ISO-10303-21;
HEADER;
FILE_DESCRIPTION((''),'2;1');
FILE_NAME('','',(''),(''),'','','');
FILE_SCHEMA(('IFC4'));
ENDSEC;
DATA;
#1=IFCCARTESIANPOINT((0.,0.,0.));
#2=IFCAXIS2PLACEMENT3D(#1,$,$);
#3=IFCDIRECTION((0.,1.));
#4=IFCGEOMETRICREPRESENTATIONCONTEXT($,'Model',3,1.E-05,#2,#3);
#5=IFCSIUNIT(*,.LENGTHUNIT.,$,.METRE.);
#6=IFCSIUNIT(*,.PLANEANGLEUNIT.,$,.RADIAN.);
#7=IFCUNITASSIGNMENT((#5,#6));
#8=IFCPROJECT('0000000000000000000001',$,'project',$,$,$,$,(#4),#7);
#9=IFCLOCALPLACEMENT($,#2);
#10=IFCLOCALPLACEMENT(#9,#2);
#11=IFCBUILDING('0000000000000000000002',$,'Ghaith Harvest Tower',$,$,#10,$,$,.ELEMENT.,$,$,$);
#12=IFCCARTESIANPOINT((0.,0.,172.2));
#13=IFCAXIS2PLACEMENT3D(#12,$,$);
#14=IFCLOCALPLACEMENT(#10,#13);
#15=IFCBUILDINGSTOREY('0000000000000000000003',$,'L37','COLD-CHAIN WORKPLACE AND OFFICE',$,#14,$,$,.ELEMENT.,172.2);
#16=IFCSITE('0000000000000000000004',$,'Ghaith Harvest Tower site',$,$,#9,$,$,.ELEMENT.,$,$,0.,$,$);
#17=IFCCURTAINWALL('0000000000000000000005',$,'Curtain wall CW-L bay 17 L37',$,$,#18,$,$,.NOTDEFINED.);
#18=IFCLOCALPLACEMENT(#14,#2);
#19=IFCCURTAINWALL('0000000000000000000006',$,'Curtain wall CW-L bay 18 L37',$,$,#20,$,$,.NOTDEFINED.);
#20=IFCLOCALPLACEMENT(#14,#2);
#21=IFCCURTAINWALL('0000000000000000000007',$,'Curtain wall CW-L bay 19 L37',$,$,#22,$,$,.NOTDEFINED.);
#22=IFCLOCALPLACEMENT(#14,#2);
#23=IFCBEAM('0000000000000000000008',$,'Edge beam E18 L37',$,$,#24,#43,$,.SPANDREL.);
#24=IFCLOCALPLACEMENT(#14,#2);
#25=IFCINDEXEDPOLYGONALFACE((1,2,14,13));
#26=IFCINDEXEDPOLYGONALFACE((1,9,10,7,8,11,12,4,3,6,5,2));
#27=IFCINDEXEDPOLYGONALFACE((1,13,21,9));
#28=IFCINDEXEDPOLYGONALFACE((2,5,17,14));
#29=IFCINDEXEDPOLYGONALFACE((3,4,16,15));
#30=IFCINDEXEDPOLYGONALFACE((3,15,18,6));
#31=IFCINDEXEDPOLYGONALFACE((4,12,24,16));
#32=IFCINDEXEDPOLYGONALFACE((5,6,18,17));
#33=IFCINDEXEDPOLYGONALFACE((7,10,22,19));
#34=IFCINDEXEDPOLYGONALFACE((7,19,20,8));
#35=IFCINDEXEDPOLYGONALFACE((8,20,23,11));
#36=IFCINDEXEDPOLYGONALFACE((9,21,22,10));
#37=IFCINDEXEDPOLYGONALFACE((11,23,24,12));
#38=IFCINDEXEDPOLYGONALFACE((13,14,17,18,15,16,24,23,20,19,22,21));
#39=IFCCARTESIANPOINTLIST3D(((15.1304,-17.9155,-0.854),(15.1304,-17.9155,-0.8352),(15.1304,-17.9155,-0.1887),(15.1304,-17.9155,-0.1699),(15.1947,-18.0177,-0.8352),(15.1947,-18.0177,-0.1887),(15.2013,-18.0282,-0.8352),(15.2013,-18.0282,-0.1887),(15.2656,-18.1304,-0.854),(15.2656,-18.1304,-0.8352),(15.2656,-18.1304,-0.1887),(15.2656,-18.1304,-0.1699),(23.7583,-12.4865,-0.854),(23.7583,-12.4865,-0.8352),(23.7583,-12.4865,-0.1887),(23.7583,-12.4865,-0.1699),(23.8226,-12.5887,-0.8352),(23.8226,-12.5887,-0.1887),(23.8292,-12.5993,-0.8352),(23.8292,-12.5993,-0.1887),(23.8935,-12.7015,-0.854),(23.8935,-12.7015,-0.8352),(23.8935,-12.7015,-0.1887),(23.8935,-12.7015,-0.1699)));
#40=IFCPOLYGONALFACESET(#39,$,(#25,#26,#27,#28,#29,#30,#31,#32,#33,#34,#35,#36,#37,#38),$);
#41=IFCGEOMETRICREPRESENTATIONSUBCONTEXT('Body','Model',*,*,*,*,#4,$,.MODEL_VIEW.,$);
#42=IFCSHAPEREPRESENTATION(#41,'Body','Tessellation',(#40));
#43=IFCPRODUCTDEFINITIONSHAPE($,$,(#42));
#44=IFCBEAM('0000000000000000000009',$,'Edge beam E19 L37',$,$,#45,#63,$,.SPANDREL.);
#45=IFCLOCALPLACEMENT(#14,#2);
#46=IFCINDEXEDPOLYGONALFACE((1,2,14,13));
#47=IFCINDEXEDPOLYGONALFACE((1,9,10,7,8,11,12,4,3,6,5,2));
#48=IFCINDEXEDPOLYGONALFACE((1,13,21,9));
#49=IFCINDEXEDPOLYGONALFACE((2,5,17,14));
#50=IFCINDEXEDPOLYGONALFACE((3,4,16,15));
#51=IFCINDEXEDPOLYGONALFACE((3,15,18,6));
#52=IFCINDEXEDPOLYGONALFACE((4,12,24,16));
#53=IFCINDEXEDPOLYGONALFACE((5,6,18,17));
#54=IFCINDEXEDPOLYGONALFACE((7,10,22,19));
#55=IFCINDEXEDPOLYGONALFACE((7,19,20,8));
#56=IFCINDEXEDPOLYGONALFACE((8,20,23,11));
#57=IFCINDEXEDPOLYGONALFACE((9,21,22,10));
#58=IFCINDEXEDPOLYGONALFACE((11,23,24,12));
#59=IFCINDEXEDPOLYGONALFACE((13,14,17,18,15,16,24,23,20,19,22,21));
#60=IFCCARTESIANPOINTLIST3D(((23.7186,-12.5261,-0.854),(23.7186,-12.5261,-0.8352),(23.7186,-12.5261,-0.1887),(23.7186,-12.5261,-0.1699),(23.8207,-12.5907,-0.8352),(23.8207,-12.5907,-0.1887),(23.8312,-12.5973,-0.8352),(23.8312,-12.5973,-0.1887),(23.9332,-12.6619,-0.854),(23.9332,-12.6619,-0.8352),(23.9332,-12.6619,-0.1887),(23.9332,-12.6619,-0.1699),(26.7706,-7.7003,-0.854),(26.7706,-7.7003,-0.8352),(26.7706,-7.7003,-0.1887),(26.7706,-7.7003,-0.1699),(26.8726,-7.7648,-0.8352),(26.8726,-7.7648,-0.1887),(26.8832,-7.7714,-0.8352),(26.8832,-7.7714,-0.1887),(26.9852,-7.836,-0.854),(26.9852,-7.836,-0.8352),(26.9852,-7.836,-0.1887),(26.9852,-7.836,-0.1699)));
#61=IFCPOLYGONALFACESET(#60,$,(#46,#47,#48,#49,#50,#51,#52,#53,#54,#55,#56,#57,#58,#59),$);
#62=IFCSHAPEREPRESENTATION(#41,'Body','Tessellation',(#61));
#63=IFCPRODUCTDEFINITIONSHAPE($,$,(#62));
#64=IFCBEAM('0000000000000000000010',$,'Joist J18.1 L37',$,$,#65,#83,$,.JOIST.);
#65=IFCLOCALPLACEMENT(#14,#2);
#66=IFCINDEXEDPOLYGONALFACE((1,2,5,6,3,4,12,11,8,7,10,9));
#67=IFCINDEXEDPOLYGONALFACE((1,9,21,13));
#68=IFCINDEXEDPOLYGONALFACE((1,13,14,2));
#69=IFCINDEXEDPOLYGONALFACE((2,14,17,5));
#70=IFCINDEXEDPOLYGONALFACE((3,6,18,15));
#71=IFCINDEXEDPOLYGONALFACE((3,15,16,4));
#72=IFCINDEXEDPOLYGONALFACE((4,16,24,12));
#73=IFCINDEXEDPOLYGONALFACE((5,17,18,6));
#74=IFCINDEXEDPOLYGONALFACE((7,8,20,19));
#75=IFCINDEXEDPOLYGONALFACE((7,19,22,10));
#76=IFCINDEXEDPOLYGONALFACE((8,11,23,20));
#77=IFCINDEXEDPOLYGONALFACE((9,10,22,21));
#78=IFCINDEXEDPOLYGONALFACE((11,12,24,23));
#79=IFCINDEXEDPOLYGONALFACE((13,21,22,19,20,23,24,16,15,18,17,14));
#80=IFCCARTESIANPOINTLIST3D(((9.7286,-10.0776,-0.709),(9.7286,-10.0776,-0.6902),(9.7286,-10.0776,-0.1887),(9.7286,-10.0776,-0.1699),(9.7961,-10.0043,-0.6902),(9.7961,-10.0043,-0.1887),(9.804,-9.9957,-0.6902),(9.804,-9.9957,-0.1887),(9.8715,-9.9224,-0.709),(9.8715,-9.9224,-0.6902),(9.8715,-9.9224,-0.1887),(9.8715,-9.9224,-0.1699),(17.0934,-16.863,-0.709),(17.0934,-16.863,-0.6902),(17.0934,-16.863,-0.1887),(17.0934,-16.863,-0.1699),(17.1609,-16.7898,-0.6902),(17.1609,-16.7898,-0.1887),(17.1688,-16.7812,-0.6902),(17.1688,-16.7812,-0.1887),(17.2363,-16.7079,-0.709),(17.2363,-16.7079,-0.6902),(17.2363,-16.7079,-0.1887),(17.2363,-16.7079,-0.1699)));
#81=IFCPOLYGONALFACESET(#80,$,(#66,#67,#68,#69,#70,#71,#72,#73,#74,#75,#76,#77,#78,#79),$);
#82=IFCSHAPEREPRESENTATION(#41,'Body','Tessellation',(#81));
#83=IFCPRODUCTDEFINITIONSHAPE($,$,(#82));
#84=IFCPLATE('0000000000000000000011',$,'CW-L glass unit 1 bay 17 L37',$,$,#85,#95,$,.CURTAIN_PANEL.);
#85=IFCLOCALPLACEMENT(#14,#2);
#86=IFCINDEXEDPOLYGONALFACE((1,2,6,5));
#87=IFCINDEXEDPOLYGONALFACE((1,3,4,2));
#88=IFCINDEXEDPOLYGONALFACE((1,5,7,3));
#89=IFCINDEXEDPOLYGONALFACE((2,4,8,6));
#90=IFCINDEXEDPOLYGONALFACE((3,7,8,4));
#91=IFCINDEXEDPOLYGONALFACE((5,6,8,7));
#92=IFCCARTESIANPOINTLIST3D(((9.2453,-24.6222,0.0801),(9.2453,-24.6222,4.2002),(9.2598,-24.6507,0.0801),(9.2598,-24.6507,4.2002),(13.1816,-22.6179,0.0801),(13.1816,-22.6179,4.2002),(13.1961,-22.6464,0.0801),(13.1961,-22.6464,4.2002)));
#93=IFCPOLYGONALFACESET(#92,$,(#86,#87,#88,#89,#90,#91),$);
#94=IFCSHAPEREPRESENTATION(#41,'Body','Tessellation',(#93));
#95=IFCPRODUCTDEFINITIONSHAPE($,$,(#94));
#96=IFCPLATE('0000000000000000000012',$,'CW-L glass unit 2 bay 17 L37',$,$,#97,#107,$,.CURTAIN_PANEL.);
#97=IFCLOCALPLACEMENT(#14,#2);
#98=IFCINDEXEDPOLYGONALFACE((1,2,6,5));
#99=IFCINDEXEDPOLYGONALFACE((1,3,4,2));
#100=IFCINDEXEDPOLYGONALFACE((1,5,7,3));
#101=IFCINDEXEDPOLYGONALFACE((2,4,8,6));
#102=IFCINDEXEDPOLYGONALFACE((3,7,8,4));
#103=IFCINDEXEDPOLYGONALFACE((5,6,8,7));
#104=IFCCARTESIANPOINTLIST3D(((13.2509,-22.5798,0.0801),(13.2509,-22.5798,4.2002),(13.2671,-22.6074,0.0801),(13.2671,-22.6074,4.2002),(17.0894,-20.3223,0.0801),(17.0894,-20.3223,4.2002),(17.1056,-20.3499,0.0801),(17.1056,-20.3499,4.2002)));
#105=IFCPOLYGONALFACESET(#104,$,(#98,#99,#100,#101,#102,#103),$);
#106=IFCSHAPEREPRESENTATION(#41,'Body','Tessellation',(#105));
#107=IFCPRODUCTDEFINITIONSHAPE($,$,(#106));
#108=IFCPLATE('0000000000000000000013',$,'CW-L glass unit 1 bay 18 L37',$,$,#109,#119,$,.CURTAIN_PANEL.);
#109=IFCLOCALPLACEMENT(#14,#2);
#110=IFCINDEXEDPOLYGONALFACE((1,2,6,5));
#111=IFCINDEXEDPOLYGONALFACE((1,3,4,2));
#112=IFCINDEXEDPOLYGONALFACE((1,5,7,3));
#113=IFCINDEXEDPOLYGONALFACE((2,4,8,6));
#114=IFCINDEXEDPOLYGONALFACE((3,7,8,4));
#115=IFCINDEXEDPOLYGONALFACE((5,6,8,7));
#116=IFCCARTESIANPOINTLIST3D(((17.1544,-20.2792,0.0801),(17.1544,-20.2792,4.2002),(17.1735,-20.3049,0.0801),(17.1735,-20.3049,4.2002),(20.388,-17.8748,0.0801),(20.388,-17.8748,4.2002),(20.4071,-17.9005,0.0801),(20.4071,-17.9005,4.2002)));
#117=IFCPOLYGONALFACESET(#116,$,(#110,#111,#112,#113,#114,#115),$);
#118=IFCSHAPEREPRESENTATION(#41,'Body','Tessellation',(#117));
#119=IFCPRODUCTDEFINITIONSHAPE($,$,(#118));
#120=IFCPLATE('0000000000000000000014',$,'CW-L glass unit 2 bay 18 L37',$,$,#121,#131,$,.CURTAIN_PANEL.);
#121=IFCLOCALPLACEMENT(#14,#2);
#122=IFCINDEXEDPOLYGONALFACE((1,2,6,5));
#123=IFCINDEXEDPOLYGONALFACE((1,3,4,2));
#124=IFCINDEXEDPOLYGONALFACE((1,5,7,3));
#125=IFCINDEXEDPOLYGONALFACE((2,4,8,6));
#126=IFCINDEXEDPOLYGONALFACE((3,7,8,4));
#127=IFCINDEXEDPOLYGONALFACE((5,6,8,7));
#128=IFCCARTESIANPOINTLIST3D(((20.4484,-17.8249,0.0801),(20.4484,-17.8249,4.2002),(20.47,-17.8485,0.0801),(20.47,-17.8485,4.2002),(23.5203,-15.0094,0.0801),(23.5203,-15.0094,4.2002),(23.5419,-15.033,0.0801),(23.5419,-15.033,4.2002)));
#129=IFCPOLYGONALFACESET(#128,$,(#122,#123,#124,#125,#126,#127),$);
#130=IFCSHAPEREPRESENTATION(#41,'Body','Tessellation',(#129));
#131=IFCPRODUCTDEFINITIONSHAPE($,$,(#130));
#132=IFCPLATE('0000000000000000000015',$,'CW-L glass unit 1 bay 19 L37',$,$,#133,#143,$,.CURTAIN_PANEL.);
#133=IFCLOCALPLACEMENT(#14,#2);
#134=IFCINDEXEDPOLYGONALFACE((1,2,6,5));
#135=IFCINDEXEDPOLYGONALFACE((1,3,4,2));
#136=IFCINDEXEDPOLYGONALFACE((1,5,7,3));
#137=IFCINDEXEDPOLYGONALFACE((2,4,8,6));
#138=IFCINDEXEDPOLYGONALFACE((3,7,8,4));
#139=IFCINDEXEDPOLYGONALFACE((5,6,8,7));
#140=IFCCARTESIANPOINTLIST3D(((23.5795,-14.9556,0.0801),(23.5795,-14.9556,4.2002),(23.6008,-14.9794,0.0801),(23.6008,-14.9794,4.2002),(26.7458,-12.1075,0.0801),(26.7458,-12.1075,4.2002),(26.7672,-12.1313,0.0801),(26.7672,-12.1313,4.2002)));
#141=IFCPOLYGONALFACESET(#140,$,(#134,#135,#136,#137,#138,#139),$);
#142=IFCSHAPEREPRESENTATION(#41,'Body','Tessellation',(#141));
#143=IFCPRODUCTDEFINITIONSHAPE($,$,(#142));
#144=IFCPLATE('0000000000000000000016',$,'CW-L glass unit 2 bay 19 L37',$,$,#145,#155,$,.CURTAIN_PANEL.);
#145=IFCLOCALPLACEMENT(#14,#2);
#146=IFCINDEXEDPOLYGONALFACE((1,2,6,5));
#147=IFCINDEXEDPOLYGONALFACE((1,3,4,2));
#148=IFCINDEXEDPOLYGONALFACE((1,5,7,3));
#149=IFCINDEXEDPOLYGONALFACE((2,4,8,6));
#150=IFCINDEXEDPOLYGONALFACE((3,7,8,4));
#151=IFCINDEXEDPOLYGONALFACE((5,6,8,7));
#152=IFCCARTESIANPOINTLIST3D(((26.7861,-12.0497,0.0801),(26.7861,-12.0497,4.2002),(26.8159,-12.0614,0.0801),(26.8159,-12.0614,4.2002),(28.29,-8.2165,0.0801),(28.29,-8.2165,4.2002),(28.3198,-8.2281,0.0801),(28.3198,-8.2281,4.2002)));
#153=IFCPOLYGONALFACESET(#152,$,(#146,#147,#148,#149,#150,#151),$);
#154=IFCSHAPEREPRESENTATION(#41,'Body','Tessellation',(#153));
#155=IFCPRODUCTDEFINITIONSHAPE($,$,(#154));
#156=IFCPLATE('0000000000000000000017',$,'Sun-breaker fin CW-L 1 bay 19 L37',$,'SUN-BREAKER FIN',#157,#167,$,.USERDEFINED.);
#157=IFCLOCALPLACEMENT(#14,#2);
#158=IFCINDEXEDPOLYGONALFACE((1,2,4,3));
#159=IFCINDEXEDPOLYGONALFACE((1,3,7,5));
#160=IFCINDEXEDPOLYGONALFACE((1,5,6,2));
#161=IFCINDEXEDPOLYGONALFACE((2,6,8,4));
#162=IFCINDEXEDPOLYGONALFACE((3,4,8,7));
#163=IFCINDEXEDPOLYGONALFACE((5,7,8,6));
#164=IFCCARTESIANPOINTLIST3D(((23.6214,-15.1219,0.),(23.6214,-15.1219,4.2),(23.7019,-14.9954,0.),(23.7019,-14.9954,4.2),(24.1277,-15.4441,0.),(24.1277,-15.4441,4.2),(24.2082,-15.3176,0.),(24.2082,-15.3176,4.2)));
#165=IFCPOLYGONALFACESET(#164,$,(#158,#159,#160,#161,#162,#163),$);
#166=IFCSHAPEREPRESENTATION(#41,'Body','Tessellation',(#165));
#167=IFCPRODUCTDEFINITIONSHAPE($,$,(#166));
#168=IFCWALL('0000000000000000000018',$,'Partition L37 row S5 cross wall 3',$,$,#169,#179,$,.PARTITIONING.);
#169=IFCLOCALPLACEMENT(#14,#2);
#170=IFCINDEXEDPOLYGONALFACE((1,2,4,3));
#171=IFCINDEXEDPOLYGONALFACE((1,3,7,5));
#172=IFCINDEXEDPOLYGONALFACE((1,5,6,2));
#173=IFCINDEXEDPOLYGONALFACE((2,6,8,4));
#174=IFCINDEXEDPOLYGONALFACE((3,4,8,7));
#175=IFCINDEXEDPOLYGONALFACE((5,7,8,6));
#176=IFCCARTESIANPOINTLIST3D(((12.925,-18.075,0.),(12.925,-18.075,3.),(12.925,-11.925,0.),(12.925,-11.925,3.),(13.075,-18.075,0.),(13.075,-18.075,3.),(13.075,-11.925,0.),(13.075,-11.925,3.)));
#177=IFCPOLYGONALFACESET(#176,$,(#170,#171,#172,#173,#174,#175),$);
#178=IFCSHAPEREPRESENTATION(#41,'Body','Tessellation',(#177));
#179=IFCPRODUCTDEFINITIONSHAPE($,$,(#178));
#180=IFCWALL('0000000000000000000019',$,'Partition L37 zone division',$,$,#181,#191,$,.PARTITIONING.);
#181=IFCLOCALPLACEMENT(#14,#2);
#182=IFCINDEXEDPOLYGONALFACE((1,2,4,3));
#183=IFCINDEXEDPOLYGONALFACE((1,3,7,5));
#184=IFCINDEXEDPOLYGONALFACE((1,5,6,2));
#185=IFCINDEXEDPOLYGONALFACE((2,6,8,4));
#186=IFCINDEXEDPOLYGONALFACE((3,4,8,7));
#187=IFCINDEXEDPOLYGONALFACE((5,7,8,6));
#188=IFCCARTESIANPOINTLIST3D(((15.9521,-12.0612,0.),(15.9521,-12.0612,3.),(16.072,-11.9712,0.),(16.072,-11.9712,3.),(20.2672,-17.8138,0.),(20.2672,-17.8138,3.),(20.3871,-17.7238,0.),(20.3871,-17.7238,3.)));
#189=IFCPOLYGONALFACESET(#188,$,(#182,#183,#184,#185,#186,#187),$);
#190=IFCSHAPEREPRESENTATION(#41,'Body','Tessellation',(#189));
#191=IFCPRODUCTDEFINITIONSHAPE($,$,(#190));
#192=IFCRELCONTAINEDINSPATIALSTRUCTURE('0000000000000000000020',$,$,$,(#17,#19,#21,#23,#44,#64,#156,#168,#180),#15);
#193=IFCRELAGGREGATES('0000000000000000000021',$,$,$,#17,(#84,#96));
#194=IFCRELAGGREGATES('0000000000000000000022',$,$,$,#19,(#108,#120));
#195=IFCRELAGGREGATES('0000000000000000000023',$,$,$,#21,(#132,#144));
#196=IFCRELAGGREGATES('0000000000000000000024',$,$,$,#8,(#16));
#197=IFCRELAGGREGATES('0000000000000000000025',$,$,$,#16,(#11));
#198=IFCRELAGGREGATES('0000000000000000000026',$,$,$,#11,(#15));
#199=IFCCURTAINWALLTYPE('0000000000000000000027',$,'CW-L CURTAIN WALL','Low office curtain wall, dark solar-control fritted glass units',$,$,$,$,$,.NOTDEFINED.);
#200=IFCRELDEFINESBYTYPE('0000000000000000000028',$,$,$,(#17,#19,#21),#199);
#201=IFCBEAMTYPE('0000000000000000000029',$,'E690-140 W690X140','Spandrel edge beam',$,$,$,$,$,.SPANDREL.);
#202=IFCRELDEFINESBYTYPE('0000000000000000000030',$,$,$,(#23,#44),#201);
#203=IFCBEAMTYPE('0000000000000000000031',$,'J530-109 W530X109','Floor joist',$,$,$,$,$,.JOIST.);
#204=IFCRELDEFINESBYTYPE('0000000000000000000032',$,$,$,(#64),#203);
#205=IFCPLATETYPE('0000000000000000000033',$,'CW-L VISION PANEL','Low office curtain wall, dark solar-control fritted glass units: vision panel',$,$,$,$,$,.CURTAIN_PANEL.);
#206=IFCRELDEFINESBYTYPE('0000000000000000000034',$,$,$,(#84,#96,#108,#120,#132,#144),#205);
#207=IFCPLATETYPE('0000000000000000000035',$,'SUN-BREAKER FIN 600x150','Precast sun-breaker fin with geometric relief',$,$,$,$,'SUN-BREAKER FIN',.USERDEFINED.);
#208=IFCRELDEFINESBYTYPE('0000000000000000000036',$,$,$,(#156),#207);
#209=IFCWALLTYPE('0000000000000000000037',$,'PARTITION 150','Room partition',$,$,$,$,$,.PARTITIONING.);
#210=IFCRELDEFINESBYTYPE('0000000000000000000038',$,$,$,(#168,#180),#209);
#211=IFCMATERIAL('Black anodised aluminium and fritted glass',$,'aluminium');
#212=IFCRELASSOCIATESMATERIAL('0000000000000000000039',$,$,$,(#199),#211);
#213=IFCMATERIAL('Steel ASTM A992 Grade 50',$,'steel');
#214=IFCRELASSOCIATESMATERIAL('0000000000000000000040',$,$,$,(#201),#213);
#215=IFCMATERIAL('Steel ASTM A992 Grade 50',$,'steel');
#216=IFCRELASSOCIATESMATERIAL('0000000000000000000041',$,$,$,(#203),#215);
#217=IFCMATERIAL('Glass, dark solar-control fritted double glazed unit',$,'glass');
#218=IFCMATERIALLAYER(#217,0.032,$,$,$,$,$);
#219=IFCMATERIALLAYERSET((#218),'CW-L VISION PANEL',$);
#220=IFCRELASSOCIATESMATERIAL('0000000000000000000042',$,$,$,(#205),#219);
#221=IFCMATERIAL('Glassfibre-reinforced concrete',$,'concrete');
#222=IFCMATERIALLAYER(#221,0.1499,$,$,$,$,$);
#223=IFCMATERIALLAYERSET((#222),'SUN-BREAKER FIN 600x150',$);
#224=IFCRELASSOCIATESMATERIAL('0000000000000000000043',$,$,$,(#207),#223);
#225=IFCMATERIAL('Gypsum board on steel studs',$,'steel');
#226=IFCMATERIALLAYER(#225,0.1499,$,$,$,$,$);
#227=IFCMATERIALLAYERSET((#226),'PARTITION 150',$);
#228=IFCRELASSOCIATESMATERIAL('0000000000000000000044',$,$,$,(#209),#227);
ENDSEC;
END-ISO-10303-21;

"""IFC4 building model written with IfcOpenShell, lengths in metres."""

from ifc_helpers import new_model, si_unit, direction, frame, frame_2d, origin, origin_2d, place, context, subcontext, project, spatial, rectangle, i_section, extrude, material, layer, layer_set, material_profile, profile_set, type_object, element, aggregate, save


model = new_model("IFC4")

# Units and contexts
model_context = context("Model", 3, precision=1e-05, world=origin(), true_north=direction((0.0, 1.0)))
body_context = subcontext(model_context, "Body", "Model", "MODEL_VIEW")
ifc_project = project(units=[si_unit("LENGTHUNIT", "METRE"), si_unit("PLANEANGLEUNIT", "RADIAN")], contexts=[model_context])

# Site, building, storey
site_placement = place(None, origin())
site = spatial("IfcSite", under=ifc_project, at=site_placement, Name="Ghaith Harvest Tower site", CompositionType="ELEMENT", RefElevation=0.0)
building_placement = place(site_placement, origin())
building = spatial("IfcBuilding", under=site, at=building_placement, Name="Ghaith Harvest Tower", CompositionType="ELEMENT")
storey_placement = place(building_placement, frame((0.0, 0.0, 172.2)))
storey = spatial("IfcBuildingStorey", under=building, at=storey_placement, Name="L37", Description="COLD-CHAIN WORKPLACE AND OFFICE", CompositionType="ELEMENT", Elevation=172.2)

# Curtain walls
ifc_material_1 = material(Name="Black anodised aluminium and fritted glass", Category="aluminium")
curtain_wall_type = type_object("IfcCurtainWallType", Name="CW-L CURTAIN WALL", Description="Low office curtain wall, dark solar-control fritted glass units", PredefinedType="NOTDEFINED", material=ifc_material_1)
curtain_wall_1_placement = place(storey_placement, origin())
curtain_wall_1 = element("IfcCurtainWall", 1, at=curtain_wall_1_placement, inside=storey, type_object=curtain_wall_type, Name="Curtain wall CW-L bay 17 L37", PredefinedType="NOTDEFINED")
curtain_wall_2_placement = place(storey_placement, origin())
curtain_wall_2 = element("IfcCurtainWall", 2, at=curtain_wall_2_placement, inside=storey, type_object=curtain_wall_type, Name="Curtain wall CW-L bay 18 L37", PredefinedType="NOTDEFINED")
curtain_wall_3_placement = place(storey_placement, origin())
curtain_wall_3 = element("IfcCurtainWall", 3, at=curtain_wall_3_placement, inside=storey, type_object=curtain_wall_type, Name="Curtain wall CW-L bay 19 L37", PredefinedType="NOTDEFINED")

# Beams
ifc_material_2 = material(Name="Steel ASTM A992 Grade 50", Category="steel")
ifc_material_profile_1 = material_profile(ifc_material_2, i_section(OverallWidth=0.2539, OverallDepth=0.6841, WebThickness=0.0125, FlangeThickness=0.0188, at=origin_2d()), Name="W690X140")
ifc_profile_set_1 = profile_set([ifc_material_profile_1], Name="Steel ASTM A992 Grade 50")
beam_type_1 = type_object("IfcBeamType", Name="E690-140 W690X140", Description="Spandrel edge beam", PredefinedType="SPANDREL", material=ifc_profile_set_1)
beam_1_placement = place(storey_placement, frame((15.198, -18.0229, -0.512), z_axis=(0.846385, 0.532571, 0.0), x_axis=(-0.532571, 0.846385, 0.0)))
element("IfcBeam", 4, at=beam_1_placement, inside=storey, type_object=beam_type_1, Name="Edge beam E18 L37", PredefinedType="SPANDREL", context=body_context, shape_type="SweptSolid", body=[
    extrude(i_section(OverallWidth=0.2539, OverallDepth=0.6841, WebThickness=0.0125, FlangeThickness=0.0188, at=origin_2d()), origin(), (0.0, 0.0, 1.0), 10.1938),
])
beam_2_placement = place(storey_placement, frame((23.8259, -12.594, -0.512), z_axis=(0.5345, 0.845169, 0.0), x_axis=(-0.845169, 0.5345, 0.0)))
element("IfcBeam", 5, at=beam_2_placement, inside=storey, type_object=beam_type_1, Name="Edge beam E19 L37", PredefinedType="SPANDREL", context=body_context, shape_type="SweptSolid", body=[
    extrude(i_section(OverallWidth=0.2539, OverallDepth=0.6841, WebThickness=0.0125, FlangeThickness=0.0188, at=origin_2d()), origin(), (0.0, 0.0, 1.0), 5.71),
])
ifc_material_3 = material(Name="Steel ASTM A992 Grade 50", Category="steel")
ifc_material_profile_2 = material_profile(ifc_material_3, i_section(OverallWidth=0.2109, OverallDepth=0.5391, WebThickness=0.0117, FlangeThickness=0.0188, at=origin_2d()), Name="W530X109")
ifc_profile_set_2 = profile_set([ifc_material_profile_2], Name="Steel ASTM A992 Grade 50")
beam_type_2 = type_object("IfcBeamType", Name="J530-109 W530X109", Description="Floor joist", PredefinedType="JOIST", material=ifc_profile_set_2)
beam_3_placement = place(storey_placement, frame((9.8, -10.0, -0.4395), z_axis=(0.735442, -0.677588, 0.0), x_axis=(0.677588, 0.735442, 0.0)))
element("IfcBeam", 6, at=beam_3_placement, inside=storey, type_object=beam_type_2, Name="Joist J18.1 L37", PredefinedType="JOIST", context=body_context, shape_type="SweptSolid", body=[
    extrude(i_section(OverallWidth=0.2109, OverallDepth=0.5391, WebThickness=0.0117, FlangeThickness=0.0188, at=origin_2d()), origin(), (0.0, 0.0, 1.0), 10.0142),
])

# Plates
ifc_material_4 = material(Name="Glass, dark solar-control fritted double glazed unit", Category="glass")
ifc_layer_1 = layer(ifc_material_4, 0.032)
ifc_layer_set_1 = layer_set([ifc_layer_1], Name="CW-L VISION PANEL")
plate_type_1 = type_object("IfcPlateType", Name="CW-L VISION PANEL", Description="Low office curtain wall, dark solar-control fritted glass units: vision panel", PredefinedType="CURTAIN_PANEL", material=ifc_layer_set_1)
plate_1_placement = place(storey_placement, frame((11.2207, -23.6343, 0.0801), z_axis=(0.0, 0.0, 1.0), x_axis=(0.891127, 0.453754, 0.0)))
plate_1 = element("IfcPlate", 7, at=plate_1_placement, type_object=plate_type_1, Name="CW-L glass unit 1 bay 17 L37", PredefinedType="CURTAIN_PANEL", context=body_context, shape_type="SweptSolid", body=[
    extrude(rectangle(XDim=4.4172, YDim=0.032, at=origin_2d()), origin(), (0.0, 0.0, 1.0), 4.1201),
])
plate_2_placement = place(storey_placement, frame((15.1782, -21.4648, 0.0801), z_axis=(0.0, 0.0, 1.0), x_axis=(0.861979, 0.506943, 0.0)))
plate_2 = element("IfcPlate", 8, at=plate_2_placement, type_object=plate_type_1, Name="CW-L glass unit 2 bay 17 L37", PredefinedType="CURTAIN_PANEL", context=body_context, shape_type="SweptSolid", body=[
    extrude(rectangle(XDim=4.4531, YDim=0.032, at=origin_2d()), origin(), (0.0, 0.0, 1.0), 4.1201),
])
aggregate(curtain_wall_1, [plate_1, plate_2])
plate_3_placement = place(storey_placement, frame((18.7808, -19.0898, 0.0801), z_axis=(0.0, 0.0, 1.0), x_axis=(0.802462, 0.596703, 0.0)))
plate_3 = element("IfcPlate", 9, at=plate_3_placement, type_object=plate_type_1, Name="CW-L glass unit 1 bay 18 L37", PredefinedType="CURTAIN_PANEL", context=body_context, shape_type="SweptSolid", body=[
    extrude(rectangle(XDim=4.0295, YDim=0.032, at=origin_2d()), origin(), (0.0, 0.0, 1.0), 4.1201),
])
plate_4_placement = place(storey_placement, frame((21.9951, -16.429, 0.0801), z_axis=(0.0, 0.0, 1.0), x_axis=(0.737202, 0.675673, 0.0)))
plate_4 = element("IfcPlate", 10, at=plate_4_placement, type_object=plate_type_1, Name="CW-L glass unit 2 bay 18 L37", PredefinedType="CURTAIN_PANEL", context=body_context, shape_type="SweptSolid", body=[
    extrude(rectangle(XDim=4.167, YDim=0.032, at=origin_2d()), origin(), (0.0, 0.0, 1.0), 4.1201),
])
aggregate(curtain_wall_2, [plate_3, plate_4])
plate_5_placement = place(storey_placement, frame((25.1733, -13.5435, 0.0801), z_axis=(0.0, 0.0, 1.0), x_axis=(0.743493, 0.668744, 0.0)))
plate_5 = element("IfcPlate", 11, at=plate_5_placement, type_object=plate_type_1, Name="CW-L glass unit 1 bay 19 L37", PredefinedType="CURTAIN_PANEL", context=body_context, shape_type="SweptSolid", body=[
    extrude(rectangle(XDim=4.2588, YDim=0.032, at=origin_2d()), origin(), (0.0, 0.0, 1.0), 4.1201),
])
plate_6_placement = place(storey_placement, frame((27.553, -10.1389, 0.0801), z_axis=(0.0, 0.0, 1.0), x_axis=(0.365226, 0.930919, 0.0)))
plate_6 = element("IfcPlate", 12, at=plate_6_placement, type_object=plate_type_1, Name="CW-L glass unit 2 bay 19 L37", PredefinedType="CURTAIN_PANEL", context=body_context, shape_type="SweptSolid", body=[
    extrude(rectangle(XDim=4.1177, YDim=0.032, at=origin_2d()), origin(), (0.0, 0.0, 1.0), 4.1201),
])
aggregate(curtain_wall_3, [plate_5, plate_6])
ifc_material_5 = material(Name="Glassfibre-reinforced concrete", Category="concrete")
ifc_layer_2 = layer(ifc_material_5, 0.1499)
ifc_layer_set_2 = layer_set([ifc_layer_2], Name="SUN-BREAKER FIN 600x150")
plate_type_2 = type_object("IfcPlateType", Name="SUN-BREAKER FIN 600x150", Description="Precast sun-breaker fin with geometric relief", ElementType="SUN-BREAKER FIN", PredefinedType="USERDEFINED", material=ifc_layer_set_2)
plate_7_placement = place(storey_placement, frame((23.9148, -15.2197, 0.0), z_axis=(0.0, 0.0, 1.0), x_axis=(0.843644, -0.536903, 0.0)))
element("IfcPlate", 13, at=plate_7_placement, inside=storey, type_object=plate_type_2, Name="Sun-breaker fin CW-L 1 bay 19 L37", ObjectType="SUN-BREAKER FIN", PredefinedType="USERDEFINED", context=body_context, shape_type="SweptSolid", body=[
    extrude(rectangle(XDim=0.6001, YDim=0.1499, at=origin_2d()), origin(), (0.0, 0.0, 1.0), 4.2),
])

# Walls
ifc_material_6 = material(Name="Gypsum board on steel studs", Category="steel")
ifc_layer_3 = layer(ifc_material_6, 0.1499)
ifc_layer_set_3 = layer_set([ifc_layer_3], Name="PARTITION 150")
wall_type = type_object("IfcWallType", Name="PARTITION 150", Description="Room partition", PredefinedType="PARTITIONING", material=ifc_layer_set_3)
wall_1_placement = place(storey_placement, frame((13.0, -11.925, 0.0), z_axis=(0.0, 0.0, 1.0), x_axis=(0.0, -1.0, 0.0)))
element("IfcWall", 14, at=wall_1_placement, inside=storey, type_object=wall_type, Name="Partition L37 row S5 cross wall 3", PredefinedType="PARTITIONING", context=body_context, shape_type="SweptSolid", body=[
    extrude(rectangle(XDim=6.1499, YDim=0.1499, at=frame_2d((3.075, 0.0))), origin(), (0.0, 0.0, 1.0), 3.0),
])
wall_2_placement = place(storey_placement, frame((16.012, -12.0161, 0.0), z_axis=(0.0, 0.0, 1.0), x_axis=(0.60006, -0.799955, 0.0)))
element("IfcWall", 15, at=wall_2_placement, inside=storey, type_object=wall_type, Name="Partition L37 zone division", PredefinedType="PARTITIONING", context=body_context, shape_type="SweptSolid", body=[
    extrude(rectangle(XDim=7.1912, YDim=0.1499, at=frame_2d((3.5957, 0.0))), origin(), (0.0, 0.0, 1.0), 3.0),
])

save(model, "model.ifc")
